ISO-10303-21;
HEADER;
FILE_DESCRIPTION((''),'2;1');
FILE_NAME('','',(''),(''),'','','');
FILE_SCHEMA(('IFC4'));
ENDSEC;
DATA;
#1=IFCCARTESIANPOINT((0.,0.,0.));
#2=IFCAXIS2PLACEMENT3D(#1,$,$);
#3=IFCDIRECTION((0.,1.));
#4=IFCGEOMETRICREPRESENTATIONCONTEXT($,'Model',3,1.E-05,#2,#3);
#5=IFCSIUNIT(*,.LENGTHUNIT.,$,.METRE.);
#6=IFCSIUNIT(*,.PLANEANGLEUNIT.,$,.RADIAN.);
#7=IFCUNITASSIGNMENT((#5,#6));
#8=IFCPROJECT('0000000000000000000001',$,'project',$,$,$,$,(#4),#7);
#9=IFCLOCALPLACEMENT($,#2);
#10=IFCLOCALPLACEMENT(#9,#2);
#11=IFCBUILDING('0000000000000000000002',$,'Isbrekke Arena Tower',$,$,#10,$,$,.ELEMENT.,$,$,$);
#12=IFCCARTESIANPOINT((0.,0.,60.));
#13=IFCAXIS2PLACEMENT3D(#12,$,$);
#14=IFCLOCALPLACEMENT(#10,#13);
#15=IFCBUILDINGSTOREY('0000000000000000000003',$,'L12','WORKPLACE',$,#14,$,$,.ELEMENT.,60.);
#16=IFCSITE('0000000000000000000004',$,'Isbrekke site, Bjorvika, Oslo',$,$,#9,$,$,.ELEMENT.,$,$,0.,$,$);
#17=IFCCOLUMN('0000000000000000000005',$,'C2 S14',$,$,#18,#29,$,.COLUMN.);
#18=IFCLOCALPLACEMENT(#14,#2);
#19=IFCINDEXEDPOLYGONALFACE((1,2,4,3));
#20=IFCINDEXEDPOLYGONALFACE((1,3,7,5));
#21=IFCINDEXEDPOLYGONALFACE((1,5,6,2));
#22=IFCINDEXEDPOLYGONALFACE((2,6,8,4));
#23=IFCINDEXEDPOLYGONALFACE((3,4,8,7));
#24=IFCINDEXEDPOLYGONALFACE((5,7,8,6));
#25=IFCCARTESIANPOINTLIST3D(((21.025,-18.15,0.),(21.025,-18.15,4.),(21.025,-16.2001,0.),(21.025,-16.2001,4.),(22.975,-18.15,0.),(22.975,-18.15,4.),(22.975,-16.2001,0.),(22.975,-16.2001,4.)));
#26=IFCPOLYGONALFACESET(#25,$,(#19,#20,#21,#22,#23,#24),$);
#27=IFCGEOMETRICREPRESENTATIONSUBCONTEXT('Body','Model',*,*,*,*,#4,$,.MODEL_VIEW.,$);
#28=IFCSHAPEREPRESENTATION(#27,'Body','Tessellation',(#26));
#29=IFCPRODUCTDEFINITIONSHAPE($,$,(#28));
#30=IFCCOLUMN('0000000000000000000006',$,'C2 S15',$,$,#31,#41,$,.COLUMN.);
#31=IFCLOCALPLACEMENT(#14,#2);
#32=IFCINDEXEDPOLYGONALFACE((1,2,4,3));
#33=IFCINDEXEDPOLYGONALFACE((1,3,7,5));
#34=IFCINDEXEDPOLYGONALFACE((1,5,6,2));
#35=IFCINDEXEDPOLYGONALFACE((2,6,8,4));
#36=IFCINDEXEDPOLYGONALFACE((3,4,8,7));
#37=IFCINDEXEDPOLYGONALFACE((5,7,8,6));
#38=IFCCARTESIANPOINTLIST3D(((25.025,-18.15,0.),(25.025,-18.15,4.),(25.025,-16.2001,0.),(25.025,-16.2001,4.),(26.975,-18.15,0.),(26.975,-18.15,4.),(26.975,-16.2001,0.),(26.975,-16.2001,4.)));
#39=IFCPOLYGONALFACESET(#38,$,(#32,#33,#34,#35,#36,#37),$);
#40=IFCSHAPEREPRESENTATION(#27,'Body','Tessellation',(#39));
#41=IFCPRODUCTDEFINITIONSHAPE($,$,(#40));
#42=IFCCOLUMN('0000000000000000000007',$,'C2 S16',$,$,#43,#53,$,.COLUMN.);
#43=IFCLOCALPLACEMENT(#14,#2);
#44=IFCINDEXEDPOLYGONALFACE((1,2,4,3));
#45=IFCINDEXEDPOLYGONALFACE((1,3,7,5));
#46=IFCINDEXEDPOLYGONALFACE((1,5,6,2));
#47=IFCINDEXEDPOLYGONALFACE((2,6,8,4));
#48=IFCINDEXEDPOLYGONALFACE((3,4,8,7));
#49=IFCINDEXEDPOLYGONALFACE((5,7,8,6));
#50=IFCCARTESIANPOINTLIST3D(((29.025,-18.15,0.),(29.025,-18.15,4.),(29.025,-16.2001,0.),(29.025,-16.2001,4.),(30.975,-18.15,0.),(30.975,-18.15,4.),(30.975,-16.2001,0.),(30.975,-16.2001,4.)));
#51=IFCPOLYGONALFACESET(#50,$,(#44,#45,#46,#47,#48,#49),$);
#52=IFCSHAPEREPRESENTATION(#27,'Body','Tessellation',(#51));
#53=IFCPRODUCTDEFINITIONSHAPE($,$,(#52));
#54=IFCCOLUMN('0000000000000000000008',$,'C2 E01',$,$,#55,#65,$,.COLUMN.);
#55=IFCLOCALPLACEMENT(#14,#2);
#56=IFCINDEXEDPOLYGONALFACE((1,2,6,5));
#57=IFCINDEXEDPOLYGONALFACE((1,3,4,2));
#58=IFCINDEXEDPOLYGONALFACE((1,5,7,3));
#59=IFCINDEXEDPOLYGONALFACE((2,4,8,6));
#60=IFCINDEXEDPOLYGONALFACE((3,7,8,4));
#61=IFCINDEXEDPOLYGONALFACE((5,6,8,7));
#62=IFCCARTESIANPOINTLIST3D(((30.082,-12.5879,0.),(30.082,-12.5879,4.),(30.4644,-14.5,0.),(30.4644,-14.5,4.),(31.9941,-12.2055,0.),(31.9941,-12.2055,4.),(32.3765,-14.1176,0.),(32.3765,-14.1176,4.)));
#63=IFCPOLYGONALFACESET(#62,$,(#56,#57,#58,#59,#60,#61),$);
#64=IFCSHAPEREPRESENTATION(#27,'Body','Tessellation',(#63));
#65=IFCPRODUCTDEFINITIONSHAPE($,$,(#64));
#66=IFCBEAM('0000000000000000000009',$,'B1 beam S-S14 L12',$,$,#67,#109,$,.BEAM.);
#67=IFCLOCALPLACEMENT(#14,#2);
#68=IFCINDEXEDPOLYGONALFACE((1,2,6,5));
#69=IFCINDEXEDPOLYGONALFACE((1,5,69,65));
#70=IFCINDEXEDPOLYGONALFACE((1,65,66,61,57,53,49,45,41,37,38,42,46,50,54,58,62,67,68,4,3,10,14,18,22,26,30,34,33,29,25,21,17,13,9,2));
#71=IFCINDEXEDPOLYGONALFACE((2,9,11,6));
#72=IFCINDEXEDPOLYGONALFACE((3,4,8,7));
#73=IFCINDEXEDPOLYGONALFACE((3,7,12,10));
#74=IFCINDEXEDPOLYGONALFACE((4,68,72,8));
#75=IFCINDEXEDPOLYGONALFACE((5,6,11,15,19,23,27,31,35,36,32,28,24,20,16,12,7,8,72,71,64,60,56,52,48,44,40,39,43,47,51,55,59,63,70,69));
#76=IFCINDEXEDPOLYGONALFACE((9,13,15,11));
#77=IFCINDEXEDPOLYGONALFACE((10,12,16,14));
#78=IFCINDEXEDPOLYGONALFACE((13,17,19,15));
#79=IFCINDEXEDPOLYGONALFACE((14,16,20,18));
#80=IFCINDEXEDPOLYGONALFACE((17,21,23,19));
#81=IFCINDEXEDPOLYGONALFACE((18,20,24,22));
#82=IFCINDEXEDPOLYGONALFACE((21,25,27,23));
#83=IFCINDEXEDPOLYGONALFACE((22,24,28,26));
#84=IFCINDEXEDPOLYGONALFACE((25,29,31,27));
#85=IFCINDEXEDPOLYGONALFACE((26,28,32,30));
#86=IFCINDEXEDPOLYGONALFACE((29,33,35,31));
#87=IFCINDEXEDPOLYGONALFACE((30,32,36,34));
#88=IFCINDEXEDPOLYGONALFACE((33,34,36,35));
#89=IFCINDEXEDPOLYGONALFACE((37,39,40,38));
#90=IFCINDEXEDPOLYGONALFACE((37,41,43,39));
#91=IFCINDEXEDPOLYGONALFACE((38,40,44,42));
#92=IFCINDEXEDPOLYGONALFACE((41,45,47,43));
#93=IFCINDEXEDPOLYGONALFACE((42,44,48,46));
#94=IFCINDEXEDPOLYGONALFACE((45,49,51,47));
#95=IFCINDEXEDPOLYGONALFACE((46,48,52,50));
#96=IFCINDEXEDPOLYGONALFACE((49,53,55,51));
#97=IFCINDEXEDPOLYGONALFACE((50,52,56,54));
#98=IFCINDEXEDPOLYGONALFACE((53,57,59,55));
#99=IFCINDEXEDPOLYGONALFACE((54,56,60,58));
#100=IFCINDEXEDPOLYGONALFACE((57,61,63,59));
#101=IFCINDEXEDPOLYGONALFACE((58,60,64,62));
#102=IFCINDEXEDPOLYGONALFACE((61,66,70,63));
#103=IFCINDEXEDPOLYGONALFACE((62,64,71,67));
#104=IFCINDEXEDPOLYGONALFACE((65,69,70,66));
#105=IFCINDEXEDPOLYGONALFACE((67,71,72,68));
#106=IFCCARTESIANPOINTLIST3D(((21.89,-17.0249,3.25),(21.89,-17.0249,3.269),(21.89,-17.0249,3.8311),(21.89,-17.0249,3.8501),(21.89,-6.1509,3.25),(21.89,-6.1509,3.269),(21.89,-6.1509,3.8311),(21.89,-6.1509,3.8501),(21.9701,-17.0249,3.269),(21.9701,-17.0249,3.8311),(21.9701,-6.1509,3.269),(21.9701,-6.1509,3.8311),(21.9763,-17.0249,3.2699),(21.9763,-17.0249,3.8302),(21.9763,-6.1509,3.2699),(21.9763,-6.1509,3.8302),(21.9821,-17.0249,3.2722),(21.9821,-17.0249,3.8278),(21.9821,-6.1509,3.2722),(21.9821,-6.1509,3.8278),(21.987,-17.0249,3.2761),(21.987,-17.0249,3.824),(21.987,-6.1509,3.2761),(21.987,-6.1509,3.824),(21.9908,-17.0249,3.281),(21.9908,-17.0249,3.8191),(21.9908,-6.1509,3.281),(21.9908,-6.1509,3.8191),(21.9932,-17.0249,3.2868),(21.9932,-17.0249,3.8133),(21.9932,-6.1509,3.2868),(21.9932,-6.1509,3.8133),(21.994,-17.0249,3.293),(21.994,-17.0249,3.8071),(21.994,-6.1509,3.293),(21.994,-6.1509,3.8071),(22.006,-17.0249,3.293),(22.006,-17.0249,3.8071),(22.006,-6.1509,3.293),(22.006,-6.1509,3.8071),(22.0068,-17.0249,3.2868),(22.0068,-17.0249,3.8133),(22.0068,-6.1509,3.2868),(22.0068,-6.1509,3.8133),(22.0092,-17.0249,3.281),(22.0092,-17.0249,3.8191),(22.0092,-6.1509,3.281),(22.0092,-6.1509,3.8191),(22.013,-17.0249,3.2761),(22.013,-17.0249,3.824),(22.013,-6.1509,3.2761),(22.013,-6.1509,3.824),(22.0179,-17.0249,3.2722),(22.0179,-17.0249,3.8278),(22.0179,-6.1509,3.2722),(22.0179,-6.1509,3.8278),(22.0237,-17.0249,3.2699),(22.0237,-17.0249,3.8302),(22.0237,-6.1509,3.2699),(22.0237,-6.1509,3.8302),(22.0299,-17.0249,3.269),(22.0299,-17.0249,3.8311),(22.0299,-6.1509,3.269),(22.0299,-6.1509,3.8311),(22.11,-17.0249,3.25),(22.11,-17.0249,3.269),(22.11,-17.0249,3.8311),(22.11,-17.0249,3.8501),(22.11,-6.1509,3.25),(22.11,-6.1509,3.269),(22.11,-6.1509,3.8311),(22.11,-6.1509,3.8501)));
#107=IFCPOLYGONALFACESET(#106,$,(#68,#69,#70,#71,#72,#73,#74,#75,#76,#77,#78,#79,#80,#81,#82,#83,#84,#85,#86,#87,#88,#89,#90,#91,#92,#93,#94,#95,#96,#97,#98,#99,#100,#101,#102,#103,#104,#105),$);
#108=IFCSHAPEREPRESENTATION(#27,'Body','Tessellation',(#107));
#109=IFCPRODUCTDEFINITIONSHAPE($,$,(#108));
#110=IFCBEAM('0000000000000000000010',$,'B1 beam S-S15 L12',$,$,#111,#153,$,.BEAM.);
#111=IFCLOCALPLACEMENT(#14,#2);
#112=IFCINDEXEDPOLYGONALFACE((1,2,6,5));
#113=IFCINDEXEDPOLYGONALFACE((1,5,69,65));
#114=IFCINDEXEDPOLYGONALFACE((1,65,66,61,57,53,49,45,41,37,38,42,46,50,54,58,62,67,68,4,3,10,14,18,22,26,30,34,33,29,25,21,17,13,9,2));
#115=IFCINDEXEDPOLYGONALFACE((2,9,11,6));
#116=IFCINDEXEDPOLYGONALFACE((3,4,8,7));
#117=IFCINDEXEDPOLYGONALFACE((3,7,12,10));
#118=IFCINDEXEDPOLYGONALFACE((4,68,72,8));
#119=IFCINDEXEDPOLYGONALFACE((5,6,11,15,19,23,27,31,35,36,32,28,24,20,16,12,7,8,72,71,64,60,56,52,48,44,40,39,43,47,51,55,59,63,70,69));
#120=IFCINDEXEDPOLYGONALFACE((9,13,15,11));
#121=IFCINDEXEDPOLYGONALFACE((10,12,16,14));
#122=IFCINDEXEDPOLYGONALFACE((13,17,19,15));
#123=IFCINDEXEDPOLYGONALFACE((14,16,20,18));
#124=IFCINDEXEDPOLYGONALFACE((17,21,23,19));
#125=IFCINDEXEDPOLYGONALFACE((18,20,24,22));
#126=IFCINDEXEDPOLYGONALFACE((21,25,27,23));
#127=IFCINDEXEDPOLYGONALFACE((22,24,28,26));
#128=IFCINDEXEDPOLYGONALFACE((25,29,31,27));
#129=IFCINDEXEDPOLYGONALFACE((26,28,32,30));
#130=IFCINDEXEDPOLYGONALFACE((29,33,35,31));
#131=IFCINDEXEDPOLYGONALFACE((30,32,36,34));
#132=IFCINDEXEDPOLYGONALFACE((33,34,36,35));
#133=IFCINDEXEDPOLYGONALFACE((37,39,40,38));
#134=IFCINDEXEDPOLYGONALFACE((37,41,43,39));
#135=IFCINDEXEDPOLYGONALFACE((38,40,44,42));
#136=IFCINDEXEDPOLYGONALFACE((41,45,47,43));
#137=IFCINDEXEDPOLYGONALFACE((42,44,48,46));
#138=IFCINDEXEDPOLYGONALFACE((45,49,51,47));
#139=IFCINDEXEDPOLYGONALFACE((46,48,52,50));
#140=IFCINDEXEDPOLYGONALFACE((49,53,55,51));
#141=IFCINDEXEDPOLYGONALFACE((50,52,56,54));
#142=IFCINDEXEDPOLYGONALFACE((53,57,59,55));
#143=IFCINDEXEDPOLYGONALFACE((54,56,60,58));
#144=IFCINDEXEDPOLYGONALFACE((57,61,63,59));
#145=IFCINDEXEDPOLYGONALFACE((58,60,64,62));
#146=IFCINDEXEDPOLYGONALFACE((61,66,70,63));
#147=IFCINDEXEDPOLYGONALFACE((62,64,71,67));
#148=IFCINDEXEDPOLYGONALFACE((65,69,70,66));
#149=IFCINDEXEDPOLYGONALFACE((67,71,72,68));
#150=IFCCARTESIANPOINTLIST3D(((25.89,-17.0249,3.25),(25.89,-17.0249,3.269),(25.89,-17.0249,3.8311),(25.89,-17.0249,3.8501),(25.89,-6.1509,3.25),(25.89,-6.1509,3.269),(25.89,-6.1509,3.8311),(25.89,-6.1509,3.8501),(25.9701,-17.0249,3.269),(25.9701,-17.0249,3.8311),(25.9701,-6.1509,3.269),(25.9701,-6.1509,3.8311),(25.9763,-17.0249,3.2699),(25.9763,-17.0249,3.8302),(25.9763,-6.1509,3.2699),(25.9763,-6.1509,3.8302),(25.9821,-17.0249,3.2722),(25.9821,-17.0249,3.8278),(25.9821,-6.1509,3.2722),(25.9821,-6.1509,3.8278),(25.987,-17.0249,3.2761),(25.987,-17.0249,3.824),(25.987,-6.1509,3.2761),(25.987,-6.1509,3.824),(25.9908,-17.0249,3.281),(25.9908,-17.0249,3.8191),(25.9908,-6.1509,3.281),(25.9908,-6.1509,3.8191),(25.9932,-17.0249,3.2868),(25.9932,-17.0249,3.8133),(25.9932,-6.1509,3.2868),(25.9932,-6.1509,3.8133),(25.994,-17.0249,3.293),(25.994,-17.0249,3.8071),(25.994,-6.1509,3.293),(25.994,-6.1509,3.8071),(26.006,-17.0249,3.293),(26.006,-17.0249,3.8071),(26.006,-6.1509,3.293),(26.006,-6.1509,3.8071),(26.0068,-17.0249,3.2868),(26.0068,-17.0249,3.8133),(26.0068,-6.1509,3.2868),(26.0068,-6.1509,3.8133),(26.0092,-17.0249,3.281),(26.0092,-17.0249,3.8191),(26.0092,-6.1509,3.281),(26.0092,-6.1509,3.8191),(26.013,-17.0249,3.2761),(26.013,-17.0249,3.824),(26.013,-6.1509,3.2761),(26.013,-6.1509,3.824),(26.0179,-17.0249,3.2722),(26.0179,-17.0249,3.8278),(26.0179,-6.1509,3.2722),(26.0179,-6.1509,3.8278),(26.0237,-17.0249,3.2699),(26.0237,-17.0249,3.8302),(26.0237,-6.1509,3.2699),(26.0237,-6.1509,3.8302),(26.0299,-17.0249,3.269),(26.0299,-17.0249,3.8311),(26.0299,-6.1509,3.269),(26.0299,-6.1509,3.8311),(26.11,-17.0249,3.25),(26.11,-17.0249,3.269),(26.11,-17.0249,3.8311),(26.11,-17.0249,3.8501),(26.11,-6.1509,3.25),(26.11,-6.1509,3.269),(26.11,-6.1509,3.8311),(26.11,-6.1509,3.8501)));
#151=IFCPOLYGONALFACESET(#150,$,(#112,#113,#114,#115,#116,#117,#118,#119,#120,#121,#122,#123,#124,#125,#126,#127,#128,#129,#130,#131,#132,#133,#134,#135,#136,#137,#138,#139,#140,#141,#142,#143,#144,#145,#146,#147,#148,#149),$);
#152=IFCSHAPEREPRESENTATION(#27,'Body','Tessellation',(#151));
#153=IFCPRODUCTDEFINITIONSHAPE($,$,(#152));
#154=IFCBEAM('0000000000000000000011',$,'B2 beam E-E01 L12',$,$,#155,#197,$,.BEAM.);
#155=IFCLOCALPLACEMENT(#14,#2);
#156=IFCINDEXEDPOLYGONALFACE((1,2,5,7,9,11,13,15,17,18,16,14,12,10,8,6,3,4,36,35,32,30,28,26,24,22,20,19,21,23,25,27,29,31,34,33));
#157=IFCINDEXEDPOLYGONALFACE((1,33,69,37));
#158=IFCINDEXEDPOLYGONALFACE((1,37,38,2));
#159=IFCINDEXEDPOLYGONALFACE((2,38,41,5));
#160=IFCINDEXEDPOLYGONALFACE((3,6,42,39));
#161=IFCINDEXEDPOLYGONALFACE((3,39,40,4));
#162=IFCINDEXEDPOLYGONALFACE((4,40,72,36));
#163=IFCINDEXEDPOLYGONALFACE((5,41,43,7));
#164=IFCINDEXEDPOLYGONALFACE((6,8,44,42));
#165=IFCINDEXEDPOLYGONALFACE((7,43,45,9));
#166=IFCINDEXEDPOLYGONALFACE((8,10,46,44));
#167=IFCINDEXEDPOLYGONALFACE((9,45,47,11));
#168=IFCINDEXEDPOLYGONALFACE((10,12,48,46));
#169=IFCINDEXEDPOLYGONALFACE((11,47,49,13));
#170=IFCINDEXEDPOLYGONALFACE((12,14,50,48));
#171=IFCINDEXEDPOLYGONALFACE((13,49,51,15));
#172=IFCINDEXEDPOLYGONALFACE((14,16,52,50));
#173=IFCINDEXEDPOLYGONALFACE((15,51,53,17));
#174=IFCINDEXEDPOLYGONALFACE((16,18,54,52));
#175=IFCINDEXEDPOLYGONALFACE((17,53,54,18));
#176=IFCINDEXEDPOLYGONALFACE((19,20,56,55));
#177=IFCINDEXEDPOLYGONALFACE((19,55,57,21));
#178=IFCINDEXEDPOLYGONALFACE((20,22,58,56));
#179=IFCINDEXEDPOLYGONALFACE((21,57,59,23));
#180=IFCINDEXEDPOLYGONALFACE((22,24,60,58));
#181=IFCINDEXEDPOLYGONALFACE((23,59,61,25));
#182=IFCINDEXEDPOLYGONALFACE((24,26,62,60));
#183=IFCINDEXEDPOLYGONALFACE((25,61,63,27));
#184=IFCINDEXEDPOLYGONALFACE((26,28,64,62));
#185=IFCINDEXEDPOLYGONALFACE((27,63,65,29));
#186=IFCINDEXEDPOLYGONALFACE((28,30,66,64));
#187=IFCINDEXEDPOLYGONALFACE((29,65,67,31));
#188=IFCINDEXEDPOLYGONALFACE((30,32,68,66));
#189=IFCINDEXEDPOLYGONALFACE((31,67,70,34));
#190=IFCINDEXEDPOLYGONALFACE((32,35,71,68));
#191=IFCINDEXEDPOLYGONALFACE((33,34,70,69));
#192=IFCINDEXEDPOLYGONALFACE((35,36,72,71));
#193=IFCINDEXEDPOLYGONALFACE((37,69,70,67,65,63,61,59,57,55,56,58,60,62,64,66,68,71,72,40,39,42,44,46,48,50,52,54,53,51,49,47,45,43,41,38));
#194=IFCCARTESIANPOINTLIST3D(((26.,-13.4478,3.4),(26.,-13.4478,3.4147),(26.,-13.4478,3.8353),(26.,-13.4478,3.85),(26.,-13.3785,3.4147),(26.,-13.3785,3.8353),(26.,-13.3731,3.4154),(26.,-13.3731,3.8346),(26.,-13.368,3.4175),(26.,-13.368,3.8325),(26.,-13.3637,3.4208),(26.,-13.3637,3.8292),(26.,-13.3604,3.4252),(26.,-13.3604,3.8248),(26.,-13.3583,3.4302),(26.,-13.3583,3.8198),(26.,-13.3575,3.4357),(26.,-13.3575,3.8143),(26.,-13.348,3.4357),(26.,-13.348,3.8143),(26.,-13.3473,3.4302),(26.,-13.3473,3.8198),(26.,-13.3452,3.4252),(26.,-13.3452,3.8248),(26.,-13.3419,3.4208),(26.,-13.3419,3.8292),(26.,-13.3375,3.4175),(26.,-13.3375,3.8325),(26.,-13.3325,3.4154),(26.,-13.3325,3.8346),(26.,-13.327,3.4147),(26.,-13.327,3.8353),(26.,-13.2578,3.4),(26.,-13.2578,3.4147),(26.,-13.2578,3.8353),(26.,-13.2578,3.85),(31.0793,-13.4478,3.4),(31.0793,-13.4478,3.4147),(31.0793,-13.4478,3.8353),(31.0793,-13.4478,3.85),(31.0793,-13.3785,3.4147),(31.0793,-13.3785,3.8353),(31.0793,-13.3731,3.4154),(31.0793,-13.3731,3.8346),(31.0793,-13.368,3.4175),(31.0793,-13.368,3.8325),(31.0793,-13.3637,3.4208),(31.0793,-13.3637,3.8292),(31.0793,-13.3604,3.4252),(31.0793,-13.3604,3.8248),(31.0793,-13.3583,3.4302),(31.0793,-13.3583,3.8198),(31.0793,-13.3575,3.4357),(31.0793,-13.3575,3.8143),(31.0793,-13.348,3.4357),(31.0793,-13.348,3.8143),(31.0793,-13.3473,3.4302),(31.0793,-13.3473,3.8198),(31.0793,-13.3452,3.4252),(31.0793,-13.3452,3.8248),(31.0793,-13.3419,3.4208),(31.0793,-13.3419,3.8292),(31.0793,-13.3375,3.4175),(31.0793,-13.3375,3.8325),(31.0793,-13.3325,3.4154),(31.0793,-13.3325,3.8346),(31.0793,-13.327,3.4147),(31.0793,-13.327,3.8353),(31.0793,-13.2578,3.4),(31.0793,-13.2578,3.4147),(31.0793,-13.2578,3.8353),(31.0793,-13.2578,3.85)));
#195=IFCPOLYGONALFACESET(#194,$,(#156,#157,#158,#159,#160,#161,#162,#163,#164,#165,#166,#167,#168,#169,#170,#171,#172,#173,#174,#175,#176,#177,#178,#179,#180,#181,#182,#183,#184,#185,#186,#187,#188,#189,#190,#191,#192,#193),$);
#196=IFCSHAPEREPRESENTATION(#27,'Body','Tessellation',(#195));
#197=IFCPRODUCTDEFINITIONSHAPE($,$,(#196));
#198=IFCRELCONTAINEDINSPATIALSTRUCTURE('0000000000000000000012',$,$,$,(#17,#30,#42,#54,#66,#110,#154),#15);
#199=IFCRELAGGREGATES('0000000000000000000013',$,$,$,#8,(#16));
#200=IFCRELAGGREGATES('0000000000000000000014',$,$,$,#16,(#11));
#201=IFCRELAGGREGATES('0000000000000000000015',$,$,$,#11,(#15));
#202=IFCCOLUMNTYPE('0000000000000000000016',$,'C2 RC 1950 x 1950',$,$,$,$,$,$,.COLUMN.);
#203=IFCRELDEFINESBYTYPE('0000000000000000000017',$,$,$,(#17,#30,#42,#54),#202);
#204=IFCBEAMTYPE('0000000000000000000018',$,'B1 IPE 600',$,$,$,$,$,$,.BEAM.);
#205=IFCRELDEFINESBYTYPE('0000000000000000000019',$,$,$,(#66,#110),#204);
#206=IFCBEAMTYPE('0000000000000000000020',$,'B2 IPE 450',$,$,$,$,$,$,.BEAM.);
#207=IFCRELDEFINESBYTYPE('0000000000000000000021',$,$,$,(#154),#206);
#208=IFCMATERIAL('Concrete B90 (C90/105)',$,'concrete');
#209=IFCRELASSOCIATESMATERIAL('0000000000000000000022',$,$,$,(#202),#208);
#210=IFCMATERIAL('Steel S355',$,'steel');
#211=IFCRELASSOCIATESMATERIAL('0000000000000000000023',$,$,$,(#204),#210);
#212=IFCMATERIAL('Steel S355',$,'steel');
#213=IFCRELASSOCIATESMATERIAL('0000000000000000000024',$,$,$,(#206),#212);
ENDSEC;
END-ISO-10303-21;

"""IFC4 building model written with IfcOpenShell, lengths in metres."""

from ifc_helpers import new_model, si_unit, direction, frame, origin, origin_2d, place, context, subcontext, project, spatial, rectangle, i_section, extrude, material, material_profile, profile_set, type_object, element, save


model = new_model("IFC4")

# Units and contexts
model_context = context("Model", 3, precision=1e-05, world=origin(), true_north=direction((0.0, 1.0)))
body_context = subcontext(model_context, "Body", "Model", "MODEL_VIEW")
ifc_project = project(units=[si_unit("LENGTHUNIT", "METRE"), si_unit("PLANEANGLEUNIT", "RADIAN")], contexts=[model_context])

# Site, building, storey
site_placement = place(None, origin())
site = spatial("IfcSite", under=ifc_project, at=site_placement, Name="Isbrekke site, Bjorvika, Oslo", CompositionType="ELEMENT", RefElevation=0.0)
building_placement = place(site_placement, origin())
building = spatial("IfcBuilding", under=site, at=building_placement, Name="Isbrekke Arena Tower", CompositionType="ELEMENT")
storey_placement = place(building_placement, frame((0.0, 0.0, 60.0)))
storey = spatial("IfcBuildingStorey", under=building, at=storey_placement, Name="L12", Description="WORKPLACE", CompositionType="ELEMENT", Elevation=60.0)

# Columns
ifc_material_1 = material(Name="Concrete B90 (C90/105)", Category="concrete")
ifc_material_profile_1 = material_profile(ifc_material_1, rectangle(XDim=1.95, YDim=1.95, at=origin_2d()), Name="RC 1950x1950")
ifc_profile_set_1 = profile_set([ifc_material_profile_1], Name="Concrete B90 (C90/105)")
column_type = type_object("IfcColumnType", Name="C2 RC 1950 x 1950", PredefinedType="COLUMN", material=ifc_profile_set_1)
for number, where, z_axis, x_axis, name in (
    (1, (22.0, -17.175, 0.0), (0.0, 0.0, 1.0), (1.0, 0.0, 0.0), "C2 S14"),
    (2, (26.0, -17.175, 0.0), (0.0, 0.0, 1.0), (1.0, 0.0, 0.0), "C2 S15"),
    (3, (30.0, -17.175, 0.0), (0.0, 0.0, 1.0), (1.0, 0.0, 0.0), "C2 S16"),
    (4, (31.2292, -13.3528, 0.0), (0.0, 0.0, 1.0), (-0.196116, 0.980581, 0.0), "C2 E01"),
):
    element("IfcColumn", number, at=place(storey_placement, frame(where, z_axis=z_axis, x_axis=x_axis)), inside=storey, type_object=column_type, Name=name, PredefinedType="COLUMN", context=body_context, shape_type="SweptSolid", body=[
        extrude(rectangle(XDim=1.95, YDim=1.95, at=origin_2d()), origin(), (0.0, 0.0, 1.0), 4.0),
    ])

# Beams
ifc_material_2 = material(Name="Steel S355", Category="steel")
ifc_material_profile_2 = material_profile(ifc_material_2, i_section(OverallWidth=0.22, OverallDepth=0.6001, WebThickness=0.012, FlangeThickness=0.019, FilletRadius=0.0239, at=origin_2d()), Name="IPE 600")
ifc_profile_set_2 = profile_set([ifc_material_profile_2], Name="Steel S355")
beam_type_1 = type_object("IfcBeamType", Name="B1 IPE 600", PredefinedType="BEAM", material=ifc_profile_set_2)
for number, where, z_axis, x_axis, name in (
    (5, (22.0, -17.0249, 3.55), (0.0, 1.0, 0.0), (-1.0, 0.0, 0.0), "B1 beam S-S14 L12"),
    (6, (26.0, -17.0249, 3.55), (0.0, 1.0, 0.0), (-1.0, 0.0, 0.0), "B1 beam S-S15 L12"),
):
    element("IfcBeam", number, at=place(storey_placement, frame(where, z_axis=z_axis, x_axis=x_axis)), inside=storey, type_object=beam_type_1, Name=name, PredefinedType="BEAM", context=body_context, shape_type="SweptSolid", body=[
        extrude(i_section(OverallWidth=0.22, OverallDepth=0.6001, WebThickness=0.012, FlangeThickness=0.019, FilletRadius=0.0239, at=origin_2d()), origin(), (0.0, 0.0, 1.0), 10.874),
    ])
ifc_material_3 = material(Name="Steel S355", Category="steel")
ifc_material_profile_3 = material_profile(ifc_material_3, i_section(OverallWidth=0.1899, OverallDepth=0.45, WebThickness=0.0095, FlangeThickness=0.0146, FilletRadius=0.021, at=origin_2d()), Name="IPE 450")
ifc_profile_set_3 = profile_set([ifc_material_profile_3], Name="Steel S355")
beam_type_2 = type_object("IfcBeamType", Name="B2 IPE 450", PredefinedType="BEAM", material=ifc_profile_set_3)
beam_1_placement = place(storey_placement, frame((31.0793, -13.3528, 3.625), z_axis=(-1.0, 0.0, 0.0), x_axis=(0.0, -1.0, 0.0)))
element("IfcBeam", 7, at=beam_1_placement, inside=storey, type_object=beam_type_2, Name="B2 beam E-E01 L12", PredefinedType="BEAM", context=body_context, shape_type="SweptSolid", body=[
    extrude(i_section(OverallWidth=0.1899, OverallDepth=0.45, WebThickness=0.0095, FlangeThickness=0.0146, FilletRadius=0.021, at=origin_2d()), origin(), (0.0, 0.0, 1.0), 5.0793),
])

save(model, "model.ifc")
